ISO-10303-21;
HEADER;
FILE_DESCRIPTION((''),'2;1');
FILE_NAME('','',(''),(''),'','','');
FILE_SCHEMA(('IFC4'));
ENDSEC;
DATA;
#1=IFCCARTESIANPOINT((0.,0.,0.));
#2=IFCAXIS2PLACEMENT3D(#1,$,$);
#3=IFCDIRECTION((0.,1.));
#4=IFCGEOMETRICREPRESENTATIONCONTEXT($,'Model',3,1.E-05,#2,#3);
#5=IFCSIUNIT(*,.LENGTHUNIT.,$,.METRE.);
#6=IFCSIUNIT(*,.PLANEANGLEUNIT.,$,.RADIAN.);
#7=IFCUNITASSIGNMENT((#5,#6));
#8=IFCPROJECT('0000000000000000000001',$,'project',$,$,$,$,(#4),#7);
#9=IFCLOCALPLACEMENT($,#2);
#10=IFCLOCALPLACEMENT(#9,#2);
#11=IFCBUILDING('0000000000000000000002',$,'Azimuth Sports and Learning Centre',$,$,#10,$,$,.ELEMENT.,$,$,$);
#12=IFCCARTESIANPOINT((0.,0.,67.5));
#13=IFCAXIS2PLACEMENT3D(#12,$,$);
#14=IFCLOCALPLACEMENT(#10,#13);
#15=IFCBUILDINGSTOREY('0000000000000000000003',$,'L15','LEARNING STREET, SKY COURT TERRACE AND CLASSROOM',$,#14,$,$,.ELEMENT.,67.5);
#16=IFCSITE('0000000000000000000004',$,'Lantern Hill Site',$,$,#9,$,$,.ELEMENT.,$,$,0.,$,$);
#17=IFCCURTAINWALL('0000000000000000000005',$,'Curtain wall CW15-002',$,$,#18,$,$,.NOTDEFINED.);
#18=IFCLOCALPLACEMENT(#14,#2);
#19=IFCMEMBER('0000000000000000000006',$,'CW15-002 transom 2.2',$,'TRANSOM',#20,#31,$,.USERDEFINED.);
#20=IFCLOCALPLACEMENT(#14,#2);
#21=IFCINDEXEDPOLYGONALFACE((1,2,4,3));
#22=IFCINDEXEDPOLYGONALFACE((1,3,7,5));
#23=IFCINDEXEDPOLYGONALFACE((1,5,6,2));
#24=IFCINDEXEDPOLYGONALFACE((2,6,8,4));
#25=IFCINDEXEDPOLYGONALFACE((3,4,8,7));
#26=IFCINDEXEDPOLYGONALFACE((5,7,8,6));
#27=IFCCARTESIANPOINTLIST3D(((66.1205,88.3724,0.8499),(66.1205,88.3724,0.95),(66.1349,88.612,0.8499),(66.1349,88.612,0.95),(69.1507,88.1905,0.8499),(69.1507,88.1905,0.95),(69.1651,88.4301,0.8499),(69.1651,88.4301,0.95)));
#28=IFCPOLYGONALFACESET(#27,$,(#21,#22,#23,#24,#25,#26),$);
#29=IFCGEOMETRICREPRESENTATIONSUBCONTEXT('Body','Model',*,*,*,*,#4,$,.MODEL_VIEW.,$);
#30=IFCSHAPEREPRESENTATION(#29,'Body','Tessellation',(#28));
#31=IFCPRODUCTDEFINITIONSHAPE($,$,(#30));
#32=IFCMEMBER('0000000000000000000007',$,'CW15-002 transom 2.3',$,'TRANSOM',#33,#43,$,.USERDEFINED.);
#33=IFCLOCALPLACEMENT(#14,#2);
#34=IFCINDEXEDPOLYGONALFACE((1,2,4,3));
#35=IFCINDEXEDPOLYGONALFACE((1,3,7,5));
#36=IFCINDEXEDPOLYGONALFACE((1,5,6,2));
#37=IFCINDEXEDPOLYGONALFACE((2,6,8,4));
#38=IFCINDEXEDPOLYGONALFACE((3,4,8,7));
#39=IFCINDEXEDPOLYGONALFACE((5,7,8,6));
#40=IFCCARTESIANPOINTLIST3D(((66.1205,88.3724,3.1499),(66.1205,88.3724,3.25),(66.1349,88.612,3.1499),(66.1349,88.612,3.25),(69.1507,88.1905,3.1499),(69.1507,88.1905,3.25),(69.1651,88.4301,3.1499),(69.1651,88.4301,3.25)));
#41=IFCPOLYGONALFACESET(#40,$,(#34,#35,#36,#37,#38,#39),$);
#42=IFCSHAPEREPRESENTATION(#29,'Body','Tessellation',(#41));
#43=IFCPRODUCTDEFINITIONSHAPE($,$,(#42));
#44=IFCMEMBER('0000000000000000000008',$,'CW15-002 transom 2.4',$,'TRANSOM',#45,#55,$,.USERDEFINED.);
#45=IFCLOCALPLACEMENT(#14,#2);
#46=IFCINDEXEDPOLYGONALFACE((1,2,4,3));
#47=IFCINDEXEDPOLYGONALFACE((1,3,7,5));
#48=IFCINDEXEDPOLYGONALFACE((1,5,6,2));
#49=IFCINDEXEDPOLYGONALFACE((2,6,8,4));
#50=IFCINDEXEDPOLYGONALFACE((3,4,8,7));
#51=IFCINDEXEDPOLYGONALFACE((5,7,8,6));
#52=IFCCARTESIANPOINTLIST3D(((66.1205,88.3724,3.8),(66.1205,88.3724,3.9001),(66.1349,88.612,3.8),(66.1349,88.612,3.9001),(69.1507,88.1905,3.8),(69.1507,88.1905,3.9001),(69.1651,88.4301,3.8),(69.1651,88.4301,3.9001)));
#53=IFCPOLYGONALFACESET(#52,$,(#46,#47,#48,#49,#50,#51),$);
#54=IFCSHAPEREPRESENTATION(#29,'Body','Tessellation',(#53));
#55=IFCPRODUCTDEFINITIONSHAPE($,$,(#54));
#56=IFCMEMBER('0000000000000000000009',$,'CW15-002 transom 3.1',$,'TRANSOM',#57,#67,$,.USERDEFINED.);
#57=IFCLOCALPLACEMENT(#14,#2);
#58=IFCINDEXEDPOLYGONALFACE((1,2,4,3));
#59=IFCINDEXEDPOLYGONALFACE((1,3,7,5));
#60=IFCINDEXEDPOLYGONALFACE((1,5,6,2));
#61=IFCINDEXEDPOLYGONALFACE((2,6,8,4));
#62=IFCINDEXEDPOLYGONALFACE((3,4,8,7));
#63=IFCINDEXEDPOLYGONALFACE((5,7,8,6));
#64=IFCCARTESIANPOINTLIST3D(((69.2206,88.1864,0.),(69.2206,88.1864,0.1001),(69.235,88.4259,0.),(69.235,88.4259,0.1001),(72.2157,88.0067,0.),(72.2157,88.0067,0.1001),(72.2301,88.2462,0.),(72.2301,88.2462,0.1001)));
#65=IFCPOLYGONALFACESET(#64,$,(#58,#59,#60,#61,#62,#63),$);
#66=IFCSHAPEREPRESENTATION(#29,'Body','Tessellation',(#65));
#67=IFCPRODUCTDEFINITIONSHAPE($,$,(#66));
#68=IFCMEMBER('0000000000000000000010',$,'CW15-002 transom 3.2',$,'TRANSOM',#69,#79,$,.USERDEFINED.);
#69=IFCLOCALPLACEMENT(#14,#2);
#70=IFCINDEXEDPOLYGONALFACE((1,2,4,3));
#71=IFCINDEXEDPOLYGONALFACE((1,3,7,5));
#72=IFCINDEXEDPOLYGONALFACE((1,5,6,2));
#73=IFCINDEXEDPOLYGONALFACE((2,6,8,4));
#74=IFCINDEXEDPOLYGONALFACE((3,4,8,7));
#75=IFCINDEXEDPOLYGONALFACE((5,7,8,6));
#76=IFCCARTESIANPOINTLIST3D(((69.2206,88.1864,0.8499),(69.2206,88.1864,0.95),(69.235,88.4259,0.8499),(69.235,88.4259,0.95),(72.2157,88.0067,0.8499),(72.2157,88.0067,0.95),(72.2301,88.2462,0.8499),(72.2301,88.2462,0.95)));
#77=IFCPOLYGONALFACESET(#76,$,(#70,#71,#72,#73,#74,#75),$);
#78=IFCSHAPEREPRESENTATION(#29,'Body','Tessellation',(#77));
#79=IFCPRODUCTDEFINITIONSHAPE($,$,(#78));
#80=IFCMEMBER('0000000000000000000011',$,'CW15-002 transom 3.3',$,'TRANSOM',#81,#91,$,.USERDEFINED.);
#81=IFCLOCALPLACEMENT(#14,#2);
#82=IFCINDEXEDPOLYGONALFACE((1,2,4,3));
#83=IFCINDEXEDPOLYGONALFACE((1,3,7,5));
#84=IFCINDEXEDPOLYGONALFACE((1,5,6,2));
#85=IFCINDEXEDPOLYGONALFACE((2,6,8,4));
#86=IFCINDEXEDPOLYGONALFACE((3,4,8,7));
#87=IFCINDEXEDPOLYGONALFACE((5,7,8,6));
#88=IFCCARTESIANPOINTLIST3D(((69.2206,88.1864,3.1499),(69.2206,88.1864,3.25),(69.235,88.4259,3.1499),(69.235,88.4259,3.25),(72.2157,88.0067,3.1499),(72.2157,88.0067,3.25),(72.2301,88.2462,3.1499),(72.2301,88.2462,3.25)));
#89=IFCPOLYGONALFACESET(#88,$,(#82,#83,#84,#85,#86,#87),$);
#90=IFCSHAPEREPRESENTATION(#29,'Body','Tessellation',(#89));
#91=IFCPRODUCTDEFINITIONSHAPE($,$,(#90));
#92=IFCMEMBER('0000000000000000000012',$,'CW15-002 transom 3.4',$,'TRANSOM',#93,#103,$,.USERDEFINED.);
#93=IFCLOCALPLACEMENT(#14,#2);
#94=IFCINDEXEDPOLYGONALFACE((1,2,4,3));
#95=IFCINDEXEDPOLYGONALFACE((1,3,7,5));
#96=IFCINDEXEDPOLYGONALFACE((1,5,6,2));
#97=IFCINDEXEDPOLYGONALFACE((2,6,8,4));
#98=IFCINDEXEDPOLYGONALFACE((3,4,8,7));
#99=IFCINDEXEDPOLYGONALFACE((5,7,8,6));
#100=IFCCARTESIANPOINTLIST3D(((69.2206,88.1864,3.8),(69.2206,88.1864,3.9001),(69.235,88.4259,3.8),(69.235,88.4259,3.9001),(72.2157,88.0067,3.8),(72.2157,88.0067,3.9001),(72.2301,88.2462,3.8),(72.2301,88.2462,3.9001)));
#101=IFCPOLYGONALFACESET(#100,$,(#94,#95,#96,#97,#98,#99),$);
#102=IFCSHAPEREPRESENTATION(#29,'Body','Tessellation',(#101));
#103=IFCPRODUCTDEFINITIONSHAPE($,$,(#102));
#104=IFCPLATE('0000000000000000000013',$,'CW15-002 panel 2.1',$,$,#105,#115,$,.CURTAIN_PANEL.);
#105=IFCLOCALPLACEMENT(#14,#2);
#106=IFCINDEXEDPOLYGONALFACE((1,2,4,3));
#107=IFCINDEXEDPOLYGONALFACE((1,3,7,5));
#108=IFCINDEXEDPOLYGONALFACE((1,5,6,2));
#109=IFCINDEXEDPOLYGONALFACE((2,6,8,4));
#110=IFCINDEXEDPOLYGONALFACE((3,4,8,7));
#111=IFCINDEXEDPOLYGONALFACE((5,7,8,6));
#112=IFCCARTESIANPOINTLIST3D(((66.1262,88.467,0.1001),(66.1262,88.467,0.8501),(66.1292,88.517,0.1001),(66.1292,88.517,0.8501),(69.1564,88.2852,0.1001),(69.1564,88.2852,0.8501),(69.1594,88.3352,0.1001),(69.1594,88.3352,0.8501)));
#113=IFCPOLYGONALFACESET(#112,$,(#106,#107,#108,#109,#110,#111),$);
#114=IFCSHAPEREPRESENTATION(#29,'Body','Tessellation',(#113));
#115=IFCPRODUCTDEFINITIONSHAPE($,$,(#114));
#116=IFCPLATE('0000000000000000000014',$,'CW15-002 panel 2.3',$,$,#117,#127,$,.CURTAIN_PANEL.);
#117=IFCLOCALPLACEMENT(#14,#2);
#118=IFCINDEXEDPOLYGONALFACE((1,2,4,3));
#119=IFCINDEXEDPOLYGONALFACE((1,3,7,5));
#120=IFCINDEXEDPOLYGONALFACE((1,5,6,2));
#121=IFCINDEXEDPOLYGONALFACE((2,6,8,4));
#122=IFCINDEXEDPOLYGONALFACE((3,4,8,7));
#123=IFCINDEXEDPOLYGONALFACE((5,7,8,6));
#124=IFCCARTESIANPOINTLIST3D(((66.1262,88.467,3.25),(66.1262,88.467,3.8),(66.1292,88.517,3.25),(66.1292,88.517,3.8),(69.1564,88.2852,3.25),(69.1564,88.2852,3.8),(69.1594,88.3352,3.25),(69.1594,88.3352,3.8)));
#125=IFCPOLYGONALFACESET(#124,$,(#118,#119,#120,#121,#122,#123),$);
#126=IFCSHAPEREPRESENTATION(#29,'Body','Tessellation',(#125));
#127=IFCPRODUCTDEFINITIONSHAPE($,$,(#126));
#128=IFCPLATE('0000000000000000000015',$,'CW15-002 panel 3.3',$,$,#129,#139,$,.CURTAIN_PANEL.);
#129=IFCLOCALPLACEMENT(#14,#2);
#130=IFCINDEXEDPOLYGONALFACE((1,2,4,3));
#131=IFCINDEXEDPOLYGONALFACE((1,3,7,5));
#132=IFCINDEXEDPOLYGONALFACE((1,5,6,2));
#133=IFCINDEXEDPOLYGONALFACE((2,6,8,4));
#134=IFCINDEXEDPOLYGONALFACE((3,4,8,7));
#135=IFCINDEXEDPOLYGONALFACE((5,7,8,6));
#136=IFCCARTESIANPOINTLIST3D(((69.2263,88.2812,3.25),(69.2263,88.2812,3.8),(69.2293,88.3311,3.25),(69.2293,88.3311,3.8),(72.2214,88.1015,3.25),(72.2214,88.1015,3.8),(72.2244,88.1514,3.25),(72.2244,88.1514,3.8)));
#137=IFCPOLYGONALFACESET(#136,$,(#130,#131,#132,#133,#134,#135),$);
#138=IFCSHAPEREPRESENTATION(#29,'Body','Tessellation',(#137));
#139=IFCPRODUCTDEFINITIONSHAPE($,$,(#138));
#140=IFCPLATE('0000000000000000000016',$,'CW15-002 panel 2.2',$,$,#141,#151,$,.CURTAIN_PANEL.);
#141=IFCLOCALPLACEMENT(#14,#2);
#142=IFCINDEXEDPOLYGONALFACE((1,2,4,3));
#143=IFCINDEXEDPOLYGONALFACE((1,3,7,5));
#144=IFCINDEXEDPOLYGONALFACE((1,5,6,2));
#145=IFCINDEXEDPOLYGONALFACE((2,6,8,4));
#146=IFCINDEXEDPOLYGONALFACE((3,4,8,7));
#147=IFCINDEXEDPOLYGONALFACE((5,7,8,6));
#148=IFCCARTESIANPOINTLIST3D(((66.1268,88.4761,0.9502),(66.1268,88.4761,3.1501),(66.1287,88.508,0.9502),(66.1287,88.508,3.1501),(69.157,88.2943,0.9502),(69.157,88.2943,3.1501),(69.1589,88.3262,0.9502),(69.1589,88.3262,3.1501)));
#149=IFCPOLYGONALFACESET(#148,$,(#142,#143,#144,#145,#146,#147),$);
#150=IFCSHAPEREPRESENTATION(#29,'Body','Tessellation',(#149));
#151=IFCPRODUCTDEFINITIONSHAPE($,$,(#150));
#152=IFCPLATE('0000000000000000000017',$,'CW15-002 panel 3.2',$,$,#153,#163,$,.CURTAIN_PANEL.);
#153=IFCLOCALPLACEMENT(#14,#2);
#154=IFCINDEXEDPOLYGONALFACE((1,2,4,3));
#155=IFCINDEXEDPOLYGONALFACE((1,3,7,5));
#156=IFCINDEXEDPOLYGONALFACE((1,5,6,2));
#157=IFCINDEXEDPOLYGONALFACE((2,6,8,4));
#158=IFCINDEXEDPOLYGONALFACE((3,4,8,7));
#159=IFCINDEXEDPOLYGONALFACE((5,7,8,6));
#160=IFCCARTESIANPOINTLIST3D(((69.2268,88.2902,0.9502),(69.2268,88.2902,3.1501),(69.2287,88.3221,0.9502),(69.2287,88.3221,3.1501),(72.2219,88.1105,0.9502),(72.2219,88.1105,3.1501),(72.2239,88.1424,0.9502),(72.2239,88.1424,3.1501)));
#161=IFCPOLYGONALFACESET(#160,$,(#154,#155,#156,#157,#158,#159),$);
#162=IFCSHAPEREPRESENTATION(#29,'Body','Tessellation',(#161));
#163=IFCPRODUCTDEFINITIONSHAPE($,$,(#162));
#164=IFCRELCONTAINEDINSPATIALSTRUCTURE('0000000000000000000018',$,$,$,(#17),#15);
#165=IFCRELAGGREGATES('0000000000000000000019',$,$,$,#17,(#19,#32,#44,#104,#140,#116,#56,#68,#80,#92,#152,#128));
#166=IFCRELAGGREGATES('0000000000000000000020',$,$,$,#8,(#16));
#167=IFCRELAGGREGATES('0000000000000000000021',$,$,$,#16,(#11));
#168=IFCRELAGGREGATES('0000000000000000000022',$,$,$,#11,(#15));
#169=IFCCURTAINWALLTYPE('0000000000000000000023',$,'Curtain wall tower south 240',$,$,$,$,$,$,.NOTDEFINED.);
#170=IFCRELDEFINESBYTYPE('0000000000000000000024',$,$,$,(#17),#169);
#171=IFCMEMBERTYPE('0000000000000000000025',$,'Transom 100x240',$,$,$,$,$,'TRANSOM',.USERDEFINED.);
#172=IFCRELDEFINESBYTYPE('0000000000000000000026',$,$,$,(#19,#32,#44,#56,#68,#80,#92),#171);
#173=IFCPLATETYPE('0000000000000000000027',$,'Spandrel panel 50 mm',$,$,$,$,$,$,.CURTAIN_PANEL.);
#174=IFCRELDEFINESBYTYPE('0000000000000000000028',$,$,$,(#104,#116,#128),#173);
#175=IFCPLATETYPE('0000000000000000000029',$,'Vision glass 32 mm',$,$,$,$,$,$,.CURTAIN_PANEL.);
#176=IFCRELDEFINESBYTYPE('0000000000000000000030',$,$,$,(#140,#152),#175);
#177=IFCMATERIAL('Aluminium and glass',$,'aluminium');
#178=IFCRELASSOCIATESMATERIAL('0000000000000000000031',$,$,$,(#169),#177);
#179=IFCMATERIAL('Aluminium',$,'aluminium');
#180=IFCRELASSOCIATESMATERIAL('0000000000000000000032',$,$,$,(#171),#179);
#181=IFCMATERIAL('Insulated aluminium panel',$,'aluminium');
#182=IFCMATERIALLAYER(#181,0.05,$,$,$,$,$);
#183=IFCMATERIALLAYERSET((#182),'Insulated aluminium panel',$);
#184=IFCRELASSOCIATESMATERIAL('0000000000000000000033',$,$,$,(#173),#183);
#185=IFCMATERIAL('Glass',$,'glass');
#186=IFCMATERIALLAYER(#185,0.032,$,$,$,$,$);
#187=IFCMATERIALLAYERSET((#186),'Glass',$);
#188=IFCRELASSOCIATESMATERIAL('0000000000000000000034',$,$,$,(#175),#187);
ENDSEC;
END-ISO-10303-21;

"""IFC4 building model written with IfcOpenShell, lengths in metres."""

from ifc_helpers import new_model, si_unit, direction, frame, origin, origin_2d, place, context, subcontext, project, spatial, rectangle, extrude, material, layer, layer_set, material_profile, profile_set, type_object, element, aggregate, save


model = new_model("IFC4")

# Units and contexts
model_context = context("Model", 3, precision=1e-05, world=origin(), true_north=direction((0.0, 1.0)))
body_context = subcontext(model_context, "Body", "Model", "MODEL_VIEW")
ifc_project = project(units=[si_unit("LENGTHUNIT", "METRE"), si_unit("PLANEANGLEUNIT", "RADIAN")], contexts=[model_context])

# Site, building, storey
site_placement = place(None, origin())
site = spatial("IfcSite", under=ifc_project, at=site_placement, Name="Lantern Hill Site", CompositionType="ELEMENT", RefElevation=0.0)
building_placement = place(site_placement, origin())
building = spatial("IfcBuilding", under=site, at=building_placement, Name="Azimuth Sports and Learning Centre", CompositionType="ELEMENT")
storey_placement = place(building_placement, frame((0.0, 0.0, 67.5)))
storey = spatial("IfcBuildingStorey", under=building, at=storey_placement, Name="L15", Description="LEARNING STREET, SKY COURT TERRACE AND CLASSROOM", CompositionType="ELEMENT", Elevation=67.5)

# Curtain wall
ifc_material_1 = material(Name="Aluminium and glass", Category="aluminium")
curtain_wall_type_1 = type_object("IfcCurtainWallType", Name="Curtain wall tower south 240", PredefinedType="NOTDEFINED", material=ifc_material_1)
curtain_wall_1_placement = place(storey_placement, origin())
curtain_wall_1 = element("IfcCurtainWall", 1, at=curtain_wall_1_placement, inside=storey, type_object=curtain_wall_type_1, Name="Curtain wall CW15-002", PredefinedType="NOTDEFINED")

# Members
ifc_material_2 = material(Name="Aluminium", Category="aluminium")
ifc_material_profile_1 = material_profile(ifc_material_2, rectangle(XDim=0.24, YDim=0.1001, at=origin_2d()), Name="Transom 100x240")
ifc_profile_set_1 = profile_set([ifc_material_profile_1], Name="Aluminium")
member_type_1 = type_object("IfcMemberType", Name="Transom 100x240", ElementType="TRANSOM", PredefinedType="USERDEFINED", material=ifc_profile_set_1)
member_1_placement = place(storey_placement, frame((66.1277, 88.4922, 0.8999), z_axis=(0.998203, -0.059915, 0.0), x_axis=(0.059915, 0.998203, 0.0)))
member_1 = element("IfcMember", 2, at=member_1_placement, type_object=member_type_1, Name="CW15-002 transom 2.2", ObjectType="TRANSOM", PredefinedType="USERDEFINED", context=body_context, shape_type="SweptSolid", body=[
    extrude(rectangle(XDim=0.24, YDim=0.1001, at=origin_2d()), origin(), (0.0, 0.0, 1.0), 3.0356),
])
member_2_placement = place(storey_placement, frame((66.1277, 88.4922, 3.2), z_axis=(0.998203, -0.059915, 0.0), x_axis=(0.059915, 0.998203, 0.0)))
member_2 = element("IfcMember", 3, at=member_2_placement, type_object=member_type_1, Name="CW15-002 transom 2.3", ObjectType="TRANSOM", PredefinedType="USERDEFINED", context=body_context, shape_type="SweptSolid", body=[
    extrude(rectangle(XDim=0.24, YDim=0.1001, at=origin_2d()), origin(), (0.0, 0.0, 1.0), 3.0356),
])
member_3_placement = place(storey_placement, frame((66.1277, 88.4922, 3.8501), z_axis=(0.998203, -0.059915, 0.0), x_axis=(0.059915, 0.998203, 0.0)))
member_3 = element("IfcMember", 4, at=member_3_placement, type_object=member_type_1, Name="CW15-002 transom 2.4", ObjectType="TRANSOM", PredefinedType="USERDEFINED", context=body_context, shape_type="SweptSolid", body=[
    extrude(rectangle(XDim=0.24, YDim=0.1001, at=origin_2d()), origin(), (0.0, 0.0, 1.0), 3.0356),
])
member_4_placement = place(storey_placement, frame((69.2278, 88.3062, 0.05), z_axis=(0.998205, -0.059886, 0.0), x_axis=(0.059886, 0.998205, 0.0)))
member_4 = element("IfcMember", 5, at=member_4_placement, type_object=member_type_1, Name="CW15-002 transom 3.1", ObjectType="TRANSOM", PredefinedType="USERDEFINED", context=body_context, shape_type="SweptSolid", body=[
    extrude(rectangle(XDim=0.24, YDim=0.1001, at=origin_2d()), origin(), (0.0, 0.0, 1.0), 3.0005),
])
member_5_placement = place(storey_placement, frame((69.2278, 88.3062, 0.8999), z_axis=(0.998205, -0.059886, 0.0), x_axis=(0.059886, 0.998205, 0.0)))
member_5 = element("IfcMember", 6, at=member_5_placement, type_object=member_type_1, Name="CW15-002 transom 3.2", ObjectType="TRANSOM", PredefinedType="USERDEFINED", context=body_context, shape_type="SweptSolid", body=[
    extrude(rectangle(XDim=0.24, YDim=0.1001, at=origin_2d()), origin(), (0.0, 0.0, 1.0), 3.0005),
])
member_6_placement = place(storey_placement, frame((69.2278, 88.3062, 3.2), z_axis=(0.998205, -0.059886, 0.0), x_axis=(0.059886, 0.998205, 0.0)))
member_6 = element("IfcMember", 7, at=member_6_placement, type_object=member_type_1, Name="CW15-002 transom 3.3", ObjectType="TRANSOM", PredefinedType="USERDEFINED", context=body_context, shape_type="SweptSolid", body=[
    extrude(rectangle(XDim=0.24, YDim=0.1001, at=origin_2d()), origin(), (0.0, 0.0, 1.0), 3.0005),
])
member_7_placement = place(storey_placement, frame((69.2278, 88.3062, 3.8501), z_axis=(0.998205, -0.059886, 0.0), x_axis=(0.059886, 0.998205, 0.0)))
member_7 = element("IfcMember", 8, at=member_7_placement, type_object=member_type_1, Name="CW15-002 transom 3.4", ObjectType="TRANSOM", PredefinedType="USERDEFINED", context=body_context, shape_type="SweptSolid", body=[
    extrude(rectangle(XDim=0.24, YDim=0.1001, at=origin_2d()), origin(), (0.0, 0.0, 1.0), 3.0005),
])

# Plates
ifc_material_3 = material(Name="Insulated aluminium panel", Category="aluminium")
ifc_layer_1 = layer(ifc_material_3, 0.05)
ifc_layer_set_1 = layer_set([ifc_layer_1], Name="Insulated aluminium panel")
plate_type_1 = type_object("IfcPlateType", Name="Spandrel panel 50 mm", PredefinedType="CURTAIN_PANEL", material=ifc_layer_set_1)
plate_1_placement = place(storey_placement, frame((67.6428, 88.4011, 0.1001), z_axis=(0.0, 0.0, 1.0), x_axis=(0.998205, -0.059892, 0.0)))
plate_1 = element("IfcPlate", 9, at=plate_1_placement, type_object=plate_type_1, Name="CW15-002 panel 2.1", PredefinedType="CURTAIN_PANEL", context=body_context, shape_type="SweptSolid", body=[
    extrude(rectangle(XDim=3.0356, YDim=0.05, at=origin_2d()), origin(), (0.0, 0.0, 1.0), 0.75),
])
plate_2_placement = place(storey_placement, frame((67.6428, 88.4011, 3.25), z_axis=(0.0, 0.0, 1.0), x_axis=(0.998205, -0.059892, 0.0)))
plate_2 = element("IfcPlate", 10, at=plate_2_placement, type_object=plate_type_1, Name="CW15-002 panel 2.3", PredefinedType="CURTAIN_PANEL", context=body_context, shape_type="SweptSolid", body=[
    extrude(rectangle(XDim=3.0356, YDim=0.05, at=origin_2d()), origin(), (0.0, 0.0, 1.0), 0.55),
])
plate_3_placement = place(storey_placement, frame((70.7253, 88.2163, 3.25), z_axis=(0.0, 0.0, 1.0), x_axis=(0.998205, -0.059892, 0.0)))
plate_3 = element("IfcPlate", 11, at=plate_3_placement, type_object=plate_type_1, Name="CW15-002 panel 3.3", PredefinedType="CURTAIN_PANEL", context=body_context, shape_type="SweptSolid", body=[
    extrude(rectangle(XDim=3.0005, YDim=0.05, at=origin_2d()), origin(), (0.0, 0.0, 1.0), 0.55),
])
ifc_material_4 = material(Name="Glass", Category="glass")
ifc_layer_2 = layer(ifc_material_4, 0.032)
ifc_layer_set_2 = layer_set([ifc_layer_2], Name="Glass")
plate_type_2 = type_object("IfcPlateType", Name="Vision glass 32 mm", PredefinedType="CURTAIN_PANEL", material=ifc_layer_set_2)
plate_4_placement = place(storey_placement, frame((67.6428, 88.4011, 0.9502), z_axis=(0.0, 0.0, 1.0), x_axis=(0.998205, -0.059892, 0.0)))
plate_4 = element("IfcPlate", 12, at=plate_4_placement, type_object=plate_type_2, Name="CW15-002 panel 2.2", PredefinedType="CURTAIN_PANEL", context=body_context, shape_type="SweptSolid", body=[
    extrude(rectangle(XDim=3.0356, YDim=0.032, at=origin_2d()), origin(), (0.0, 0.0, 1.0), 2.2),
])
plate_5_placement = place(storey_placement, frame((70.7253, 88.2163, 0.9502), z_axis=(0.0, 0.0, 1.0), x_axis=(0.998205, -0.059892, 0.0)))
plate_5 = element("IfcPlate", 13, at=plate_5_placement, type_object=plate_type_2, Name="CW15-002 panel 3.2", PredefinedType="CURTAIN_PANEL", context=body_context, shape_type="SweptSolid", body=[
    extrude(rectangle(XDim=3.0005, YDim=0.032, at=origin_2d()), origin(), (0.0, 0.0, 1.0), 2.2),
])
aggregate(curtain_wall_1, [member_1, member_2, member_3, plate_1, plate_4, plate_2, member_4, member_5, member_6, member_7, plate_5, plate_3])

save(model, "model.ifc")
